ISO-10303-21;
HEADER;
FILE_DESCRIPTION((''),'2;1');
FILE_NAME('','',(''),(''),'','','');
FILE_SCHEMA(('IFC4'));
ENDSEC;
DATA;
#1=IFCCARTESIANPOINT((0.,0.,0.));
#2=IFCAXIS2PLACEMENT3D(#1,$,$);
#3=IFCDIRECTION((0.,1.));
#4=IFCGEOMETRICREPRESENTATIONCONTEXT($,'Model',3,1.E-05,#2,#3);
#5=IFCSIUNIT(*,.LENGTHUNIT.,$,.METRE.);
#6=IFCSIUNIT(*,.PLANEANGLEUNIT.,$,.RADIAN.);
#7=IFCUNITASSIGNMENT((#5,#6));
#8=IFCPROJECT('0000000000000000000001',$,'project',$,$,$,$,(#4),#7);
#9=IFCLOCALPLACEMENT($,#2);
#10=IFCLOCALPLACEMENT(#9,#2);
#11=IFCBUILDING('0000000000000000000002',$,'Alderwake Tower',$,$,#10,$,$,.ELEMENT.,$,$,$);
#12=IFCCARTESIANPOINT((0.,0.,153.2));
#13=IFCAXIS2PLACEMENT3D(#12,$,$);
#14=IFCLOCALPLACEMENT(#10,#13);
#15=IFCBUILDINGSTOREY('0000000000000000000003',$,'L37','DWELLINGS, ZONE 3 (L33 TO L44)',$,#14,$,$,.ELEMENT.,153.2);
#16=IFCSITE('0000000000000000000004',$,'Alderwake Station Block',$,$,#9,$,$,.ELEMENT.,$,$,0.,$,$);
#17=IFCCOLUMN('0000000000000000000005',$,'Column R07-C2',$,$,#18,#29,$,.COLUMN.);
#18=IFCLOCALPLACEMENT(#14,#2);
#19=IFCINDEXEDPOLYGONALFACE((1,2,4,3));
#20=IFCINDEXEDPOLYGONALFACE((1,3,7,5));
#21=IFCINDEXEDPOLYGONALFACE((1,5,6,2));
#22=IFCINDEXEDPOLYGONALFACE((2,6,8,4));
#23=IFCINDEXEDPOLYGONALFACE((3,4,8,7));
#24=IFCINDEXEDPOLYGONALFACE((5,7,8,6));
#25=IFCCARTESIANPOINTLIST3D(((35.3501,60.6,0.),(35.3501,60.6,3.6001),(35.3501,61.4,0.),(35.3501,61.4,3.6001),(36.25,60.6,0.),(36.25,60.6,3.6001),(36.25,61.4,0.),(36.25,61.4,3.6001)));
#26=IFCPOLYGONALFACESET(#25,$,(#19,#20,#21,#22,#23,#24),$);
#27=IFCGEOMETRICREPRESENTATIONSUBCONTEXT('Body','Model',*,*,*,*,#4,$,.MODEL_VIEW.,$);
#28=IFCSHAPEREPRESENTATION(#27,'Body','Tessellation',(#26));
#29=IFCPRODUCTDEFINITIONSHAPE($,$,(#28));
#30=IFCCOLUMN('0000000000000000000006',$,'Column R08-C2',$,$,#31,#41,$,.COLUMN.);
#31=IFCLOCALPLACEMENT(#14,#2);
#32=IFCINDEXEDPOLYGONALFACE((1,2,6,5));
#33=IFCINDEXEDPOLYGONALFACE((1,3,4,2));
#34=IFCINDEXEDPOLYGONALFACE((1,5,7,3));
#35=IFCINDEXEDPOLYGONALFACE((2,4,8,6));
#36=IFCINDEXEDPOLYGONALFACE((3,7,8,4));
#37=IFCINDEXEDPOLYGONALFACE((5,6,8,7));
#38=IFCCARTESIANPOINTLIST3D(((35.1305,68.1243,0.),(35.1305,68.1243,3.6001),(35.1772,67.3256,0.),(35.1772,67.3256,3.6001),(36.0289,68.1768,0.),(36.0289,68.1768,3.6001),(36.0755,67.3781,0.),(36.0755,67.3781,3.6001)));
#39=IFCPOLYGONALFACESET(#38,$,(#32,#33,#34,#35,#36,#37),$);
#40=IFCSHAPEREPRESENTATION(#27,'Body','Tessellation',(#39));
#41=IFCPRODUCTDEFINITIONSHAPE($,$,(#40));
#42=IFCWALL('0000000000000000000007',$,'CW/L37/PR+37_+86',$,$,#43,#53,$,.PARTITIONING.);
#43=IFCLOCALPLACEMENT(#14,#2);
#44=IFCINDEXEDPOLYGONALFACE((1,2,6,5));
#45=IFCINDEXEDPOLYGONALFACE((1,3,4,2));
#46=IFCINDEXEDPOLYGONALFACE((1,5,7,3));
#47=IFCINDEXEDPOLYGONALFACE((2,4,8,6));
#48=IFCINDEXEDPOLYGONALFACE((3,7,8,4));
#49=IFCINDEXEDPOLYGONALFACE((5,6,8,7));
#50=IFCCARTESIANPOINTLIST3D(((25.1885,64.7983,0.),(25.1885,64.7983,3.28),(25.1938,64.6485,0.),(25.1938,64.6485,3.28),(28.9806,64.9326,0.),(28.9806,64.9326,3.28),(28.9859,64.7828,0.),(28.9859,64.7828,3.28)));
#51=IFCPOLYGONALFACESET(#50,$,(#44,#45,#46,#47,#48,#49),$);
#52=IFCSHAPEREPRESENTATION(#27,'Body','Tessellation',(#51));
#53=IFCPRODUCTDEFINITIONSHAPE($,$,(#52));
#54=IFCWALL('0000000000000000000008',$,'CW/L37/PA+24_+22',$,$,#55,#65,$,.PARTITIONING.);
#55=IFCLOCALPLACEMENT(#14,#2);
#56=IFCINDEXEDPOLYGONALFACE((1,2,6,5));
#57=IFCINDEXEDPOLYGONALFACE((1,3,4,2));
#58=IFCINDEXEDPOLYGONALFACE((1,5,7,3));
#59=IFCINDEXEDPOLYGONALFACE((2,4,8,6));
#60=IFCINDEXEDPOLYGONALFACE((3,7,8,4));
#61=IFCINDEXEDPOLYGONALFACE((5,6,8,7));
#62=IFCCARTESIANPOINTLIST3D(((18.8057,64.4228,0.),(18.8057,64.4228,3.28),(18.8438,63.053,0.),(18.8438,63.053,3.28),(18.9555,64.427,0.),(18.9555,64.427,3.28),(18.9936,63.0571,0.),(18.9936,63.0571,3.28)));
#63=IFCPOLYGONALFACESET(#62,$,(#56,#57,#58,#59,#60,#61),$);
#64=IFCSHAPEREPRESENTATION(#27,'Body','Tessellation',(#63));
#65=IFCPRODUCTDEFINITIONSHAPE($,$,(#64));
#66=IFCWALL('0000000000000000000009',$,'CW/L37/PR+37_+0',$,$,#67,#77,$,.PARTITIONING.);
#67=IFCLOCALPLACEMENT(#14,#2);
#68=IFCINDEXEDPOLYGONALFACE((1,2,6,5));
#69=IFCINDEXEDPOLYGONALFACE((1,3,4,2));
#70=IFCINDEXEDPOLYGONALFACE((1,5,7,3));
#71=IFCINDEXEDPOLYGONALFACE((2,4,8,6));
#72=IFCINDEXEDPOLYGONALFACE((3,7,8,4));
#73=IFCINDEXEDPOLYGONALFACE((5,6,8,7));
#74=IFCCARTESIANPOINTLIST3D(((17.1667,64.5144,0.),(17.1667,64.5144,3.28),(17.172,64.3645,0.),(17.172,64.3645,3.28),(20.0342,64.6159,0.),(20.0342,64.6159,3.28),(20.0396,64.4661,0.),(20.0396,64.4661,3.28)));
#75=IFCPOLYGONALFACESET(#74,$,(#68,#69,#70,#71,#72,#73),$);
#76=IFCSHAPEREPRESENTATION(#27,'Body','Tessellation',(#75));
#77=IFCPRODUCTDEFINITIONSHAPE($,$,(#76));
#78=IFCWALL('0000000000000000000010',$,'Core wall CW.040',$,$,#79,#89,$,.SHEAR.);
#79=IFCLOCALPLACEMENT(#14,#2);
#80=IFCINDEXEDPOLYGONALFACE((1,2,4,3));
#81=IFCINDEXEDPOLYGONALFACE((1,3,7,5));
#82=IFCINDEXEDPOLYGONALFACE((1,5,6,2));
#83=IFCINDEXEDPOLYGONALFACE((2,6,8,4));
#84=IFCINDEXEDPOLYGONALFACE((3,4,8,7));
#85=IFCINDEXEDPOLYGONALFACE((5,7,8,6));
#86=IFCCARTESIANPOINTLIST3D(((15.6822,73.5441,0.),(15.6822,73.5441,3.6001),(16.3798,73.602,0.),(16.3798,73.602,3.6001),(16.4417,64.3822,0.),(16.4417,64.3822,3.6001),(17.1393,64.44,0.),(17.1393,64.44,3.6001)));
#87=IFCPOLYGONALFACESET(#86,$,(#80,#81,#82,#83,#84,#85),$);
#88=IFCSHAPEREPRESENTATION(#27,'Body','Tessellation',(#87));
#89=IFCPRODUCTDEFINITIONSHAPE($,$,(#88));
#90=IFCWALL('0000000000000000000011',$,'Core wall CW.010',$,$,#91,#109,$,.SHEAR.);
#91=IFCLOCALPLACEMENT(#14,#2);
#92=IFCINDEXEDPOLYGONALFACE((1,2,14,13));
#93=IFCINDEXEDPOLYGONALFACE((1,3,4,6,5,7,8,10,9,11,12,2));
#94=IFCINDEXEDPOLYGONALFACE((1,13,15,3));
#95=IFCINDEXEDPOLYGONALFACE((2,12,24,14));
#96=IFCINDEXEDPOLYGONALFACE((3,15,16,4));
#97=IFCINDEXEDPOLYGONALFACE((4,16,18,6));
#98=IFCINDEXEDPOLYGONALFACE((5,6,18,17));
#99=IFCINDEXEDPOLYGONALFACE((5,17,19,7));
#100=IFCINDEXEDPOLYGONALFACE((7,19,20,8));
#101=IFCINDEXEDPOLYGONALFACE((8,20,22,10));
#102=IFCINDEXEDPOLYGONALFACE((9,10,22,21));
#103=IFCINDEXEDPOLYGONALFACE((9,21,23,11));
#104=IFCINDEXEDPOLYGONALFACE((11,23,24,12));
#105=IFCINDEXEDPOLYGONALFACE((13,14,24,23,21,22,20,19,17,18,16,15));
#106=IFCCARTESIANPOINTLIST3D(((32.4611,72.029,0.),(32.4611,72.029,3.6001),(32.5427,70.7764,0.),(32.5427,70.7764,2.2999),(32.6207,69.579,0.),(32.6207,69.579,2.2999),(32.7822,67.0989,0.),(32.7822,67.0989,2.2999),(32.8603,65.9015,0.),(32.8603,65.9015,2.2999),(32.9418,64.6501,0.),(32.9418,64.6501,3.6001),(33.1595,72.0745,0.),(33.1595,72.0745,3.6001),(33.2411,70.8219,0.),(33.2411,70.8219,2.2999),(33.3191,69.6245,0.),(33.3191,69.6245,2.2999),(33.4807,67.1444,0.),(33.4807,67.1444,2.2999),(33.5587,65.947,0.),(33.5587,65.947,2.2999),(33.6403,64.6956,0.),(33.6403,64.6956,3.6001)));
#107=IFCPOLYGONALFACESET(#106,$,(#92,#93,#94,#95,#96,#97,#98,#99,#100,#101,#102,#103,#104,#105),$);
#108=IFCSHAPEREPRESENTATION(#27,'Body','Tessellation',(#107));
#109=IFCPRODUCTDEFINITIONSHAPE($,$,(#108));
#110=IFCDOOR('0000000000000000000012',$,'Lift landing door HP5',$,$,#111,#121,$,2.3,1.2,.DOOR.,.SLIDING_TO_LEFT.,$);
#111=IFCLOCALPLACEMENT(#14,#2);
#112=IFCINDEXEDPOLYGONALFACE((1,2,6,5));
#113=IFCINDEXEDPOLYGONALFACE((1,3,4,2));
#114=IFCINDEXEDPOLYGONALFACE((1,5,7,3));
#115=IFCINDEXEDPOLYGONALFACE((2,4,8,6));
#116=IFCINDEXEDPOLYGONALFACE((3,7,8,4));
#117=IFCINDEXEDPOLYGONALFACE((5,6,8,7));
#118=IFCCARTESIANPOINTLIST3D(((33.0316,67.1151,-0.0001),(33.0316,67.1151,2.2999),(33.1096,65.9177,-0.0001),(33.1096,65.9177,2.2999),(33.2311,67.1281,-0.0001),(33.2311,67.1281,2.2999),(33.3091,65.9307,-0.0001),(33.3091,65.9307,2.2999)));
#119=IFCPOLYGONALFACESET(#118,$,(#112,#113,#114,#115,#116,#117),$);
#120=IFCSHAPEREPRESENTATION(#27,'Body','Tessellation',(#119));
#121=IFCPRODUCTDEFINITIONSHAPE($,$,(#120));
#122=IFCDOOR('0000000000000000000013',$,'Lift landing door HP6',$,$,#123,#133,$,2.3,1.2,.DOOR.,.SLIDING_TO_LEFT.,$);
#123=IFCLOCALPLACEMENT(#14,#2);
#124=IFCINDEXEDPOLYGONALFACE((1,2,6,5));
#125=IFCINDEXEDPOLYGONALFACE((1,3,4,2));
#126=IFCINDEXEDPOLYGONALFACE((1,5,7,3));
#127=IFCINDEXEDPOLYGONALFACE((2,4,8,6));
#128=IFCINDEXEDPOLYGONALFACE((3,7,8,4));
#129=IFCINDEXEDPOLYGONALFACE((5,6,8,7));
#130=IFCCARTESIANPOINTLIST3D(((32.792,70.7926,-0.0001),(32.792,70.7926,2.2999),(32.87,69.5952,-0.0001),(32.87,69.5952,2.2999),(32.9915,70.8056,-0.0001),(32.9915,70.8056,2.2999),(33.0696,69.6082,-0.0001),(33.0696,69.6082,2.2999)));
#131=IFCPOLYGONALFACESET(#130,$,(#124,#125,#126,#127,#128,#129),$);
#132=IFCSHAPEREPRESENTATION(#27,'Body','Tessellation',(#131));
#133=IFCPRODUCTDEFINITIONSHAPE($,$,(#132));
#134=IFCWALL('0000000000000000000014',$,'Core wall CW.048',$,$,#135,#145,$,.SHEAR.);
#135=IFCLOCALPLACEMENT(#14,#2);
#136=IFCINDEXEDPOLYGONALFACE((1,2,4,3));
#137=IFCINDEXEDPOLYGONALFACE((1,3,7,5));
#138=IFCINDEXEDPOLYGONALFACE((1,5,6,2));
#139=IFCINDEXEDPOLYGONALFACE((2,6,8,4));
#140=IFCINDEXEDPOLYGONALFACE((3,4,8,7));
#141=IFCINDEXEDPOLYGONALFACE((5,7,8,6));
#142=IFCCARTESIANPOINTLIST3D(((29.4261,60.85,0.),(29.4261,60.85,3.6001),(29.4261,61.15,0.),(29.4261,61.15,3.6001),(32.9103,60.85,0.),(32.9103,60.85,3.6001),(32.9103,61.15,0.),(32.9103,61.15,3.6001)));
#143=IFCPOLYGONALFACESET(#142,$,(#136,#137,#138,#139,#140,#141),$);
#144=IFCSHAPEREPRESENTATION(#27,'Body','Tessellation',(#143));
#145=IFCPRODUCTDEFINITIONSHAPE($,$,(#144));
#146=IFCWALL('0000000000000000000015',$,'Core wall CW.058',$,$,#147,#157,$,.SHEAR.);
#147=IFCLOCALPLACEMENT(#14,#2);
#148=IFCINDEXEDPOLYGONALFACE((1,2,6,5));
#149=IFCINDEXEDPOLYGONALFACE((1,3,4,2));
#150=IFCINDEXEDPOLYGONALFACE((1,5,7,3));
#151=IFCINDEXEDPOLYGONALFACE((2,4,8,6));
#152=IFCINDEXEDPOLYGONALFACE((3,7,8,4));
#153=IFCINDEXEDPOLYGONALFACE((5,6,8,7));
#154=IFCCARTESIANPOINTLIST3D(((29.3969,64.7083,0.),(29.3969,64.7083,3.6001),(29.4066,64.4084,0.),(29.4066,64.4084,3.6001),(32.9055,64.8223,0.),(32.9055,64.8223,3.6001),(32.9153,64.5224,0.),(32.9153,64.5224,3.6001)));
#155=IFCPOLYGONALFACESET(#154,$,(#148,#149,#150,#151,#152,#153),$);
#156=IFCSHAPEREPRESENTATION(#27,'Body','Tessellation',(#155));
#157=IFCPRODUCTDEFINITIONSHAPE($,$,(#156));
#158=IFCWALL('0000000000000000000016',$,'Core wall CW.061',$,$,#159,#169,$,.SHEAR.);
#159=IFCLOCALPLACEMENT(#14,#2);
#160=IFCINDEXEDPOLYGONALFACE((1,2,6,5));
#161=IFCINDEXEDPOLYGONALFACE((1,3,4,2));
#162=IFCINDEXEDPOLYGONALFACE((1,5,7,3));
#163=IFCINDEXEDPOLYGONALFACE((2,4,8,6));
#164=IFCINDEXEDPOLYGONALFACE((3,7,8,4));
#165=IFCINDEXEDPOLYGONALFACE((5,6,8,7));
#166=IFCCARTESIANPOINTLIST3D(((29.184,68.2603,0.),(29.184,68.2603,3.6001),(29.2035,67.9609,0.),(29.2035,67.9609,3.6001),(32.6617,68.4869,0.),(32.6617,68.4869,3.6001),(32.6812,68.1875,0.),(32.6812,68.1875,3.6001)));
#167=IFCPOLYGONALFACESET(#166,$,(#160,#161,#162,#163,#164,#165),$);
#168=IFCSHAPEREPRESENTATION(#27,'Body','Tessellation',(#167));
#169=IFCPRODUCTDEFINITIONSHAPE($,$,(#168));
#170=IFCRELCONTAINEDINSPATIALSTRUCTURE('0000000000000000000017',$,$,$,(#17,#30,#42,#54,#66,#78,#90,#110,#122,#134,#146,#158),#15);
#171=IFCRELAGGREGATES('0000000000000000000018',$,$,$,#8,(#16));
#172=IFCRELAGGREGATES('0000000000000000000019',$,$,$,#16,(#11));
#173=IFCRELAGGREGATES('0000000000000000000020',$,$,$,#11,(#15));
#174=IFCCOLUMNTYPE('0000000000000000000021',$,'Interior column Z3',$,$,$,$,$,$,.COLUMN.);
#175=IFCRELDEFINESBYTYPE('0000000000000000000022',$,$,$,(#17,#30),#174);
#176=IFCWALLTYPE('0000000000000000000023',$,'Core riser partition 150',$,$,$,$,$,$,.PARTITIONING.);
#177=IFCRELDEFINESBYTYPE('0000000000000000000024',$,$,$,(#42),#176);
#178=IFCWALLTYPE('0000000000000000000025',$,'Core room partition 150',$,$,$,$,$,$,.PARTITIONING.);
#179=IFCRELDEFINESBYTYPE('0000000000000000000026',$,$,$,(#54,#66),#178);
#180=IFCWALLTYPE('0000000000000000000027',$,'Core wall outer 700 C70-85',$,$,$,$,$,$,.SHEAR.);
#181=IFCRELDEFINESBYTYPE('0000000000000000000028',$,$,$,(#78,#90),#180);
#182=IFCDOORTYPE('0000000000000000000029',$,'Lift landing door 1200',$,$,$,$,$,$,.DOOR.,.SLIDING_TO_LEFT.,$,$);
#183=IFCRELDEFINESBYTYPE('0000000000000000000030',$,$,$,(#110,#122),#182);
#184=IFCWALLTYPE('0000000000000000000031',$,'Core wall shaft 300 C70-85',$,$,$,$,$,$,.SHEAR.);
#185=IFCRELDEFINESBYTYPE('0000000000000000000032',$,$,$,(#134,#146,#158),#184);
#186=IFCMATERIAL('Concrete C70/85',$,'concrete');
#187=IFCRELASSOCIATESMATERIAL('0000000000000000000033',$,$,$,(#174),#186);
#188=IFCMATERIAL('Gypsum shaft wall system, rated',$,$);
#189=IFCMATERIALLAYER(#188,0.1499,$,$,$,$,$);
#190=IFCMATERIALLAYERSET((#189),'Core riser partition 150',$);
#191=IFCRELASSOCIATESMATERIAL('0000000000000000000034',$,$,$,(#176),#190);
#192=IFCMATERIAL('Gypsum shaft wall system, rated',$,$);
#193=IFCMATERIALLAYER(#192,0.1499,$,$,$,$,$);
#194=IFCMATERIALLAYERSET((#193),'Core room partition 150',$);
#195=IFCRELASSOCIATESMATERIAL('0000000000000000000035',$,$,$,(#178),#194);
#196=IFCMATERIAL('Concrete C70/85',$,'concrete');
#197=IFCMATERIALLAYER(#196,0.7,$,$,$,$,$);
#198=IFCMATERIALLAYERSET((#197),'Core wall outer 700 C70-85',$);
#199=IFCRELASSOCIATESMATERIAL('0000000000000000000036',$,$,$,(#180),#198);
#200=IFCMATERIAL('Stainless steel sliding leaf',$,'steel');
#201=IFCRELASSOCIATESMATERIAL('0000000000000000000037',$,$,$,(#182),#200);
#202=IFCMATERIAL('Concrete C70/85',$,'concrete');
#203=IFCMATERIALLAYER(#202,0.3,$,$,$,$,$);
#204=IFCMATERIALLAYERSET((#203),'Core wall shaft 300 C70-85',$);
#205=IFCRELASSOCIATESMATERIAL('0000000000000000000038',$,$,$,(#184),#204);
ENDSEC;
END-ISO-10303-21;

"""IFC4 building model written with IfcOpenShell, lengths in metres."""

from ifc_helpers import new_model, si_unit, direction, frame, frame_2d, origin, origin_2d, place, context, subcontext, project, spatial, rectangle, extrude, material, layer, layer_set, material_profile, profile_set, type_object, element, fill, save


model = new_model("IFC4")

# Units and contexts
model_context = context("Model", 3, precision=1e-05, world=origin(), true_north=direction((0.0, 1.0)))
body_context = subcontext(model_context, "Body", "Model", "MODEL_VIEW")
ifc_project = project(units=[si_unit("LENGTHUNIT", "METRE"), si_unit("PLANEANGLEUNIT", "RADIAN")], contexts=[model_context])

# Site, building, storey
site_placement = place(None, origin())
site = spatial("IfcSite", under=ifc_project, at=site_placement, Name="Alderwake Station Block", CompositionType="ELEMENT", RefElevation=0.0)
building_placement = place(site_placement, origin())
building = spatial("IfcBuilding", under=site, at=building_placement, Name="Alderwake Tower", CompositionType="ELEMENT")
storey_placement = place(building_placement, frame((0.0, 0.0, 153.2)))
storey = spatial("IfcBuildingStorey", under=building, at=storey_placement, Name="L37", Description="DWELLINGS, ZONE 3 (L33 TO L44)", CompositionType="ELEMENT", Elevation=153.2)

# Columns
ifc_material_1 = material(Name="Concrete C70/85", Category="concrete")
ifc_material_profile = material_profile(ifc_material_1, rectangle(XDim=0.8, YDim=0.8999, at=origin_2d()), Name="RC 900X800")
ifc_profile_set = profile_set([ifc_material_profile], Name="Concrete C70/85")
column_type = type_object("IfcColumnType", Name="Interior column Z3", PredefinedType="COLUMN", material=ifc_profile_set)
for number, where, z_axis, x_axis, name in (
    (1, (35.8, 61.0, 0.0), (0.0, 0.0, 1.0), (0.0, 1.0, 0.0), "Column R07-C2"),
    (2, (35.603, 67.7512, 0.0), (0.0, 0.0, 1.0), (-0.058301, 0.998299, 0.0), "Column R08-C2"),
):
    element("IfcColumn", number, at=place(storey_placement, frame(where, z_axis=z_axis, x_axis=x_axis)), inside=storey, type_object=column_type, Name=name, PredefinedType="COLUMN", context=body_context, shape_type="SweptSolid", body=[
        extrude(rectangle(XDim=0.8, YDim=0.8999, at=origin_2d()), origin(), (0.0, 0.0, 1.0), 3.6001),
    ])

# Walls
ifc_material_2 = material(Name="Gypsum shaft wall system, rated")
ifc_layer_1 = layer(ifc_material_2, 0.1499)
ifc_layer_set_1 = layer_set([ifc_layer_1], Name="Core riser partition 150")
wall_type_1 = type_object("IfcWallType", Name="Core riser partition 150", PredefinedType="PARTITIONING", material=ifc_layer_set_1)
wall_1_placement = place(storey_placement, frame((25.1912, 64.7234, 0.0), z_axis=(0.0, 0.0, 1.0), x_axis=(0.999374, 0.035389, 0.0)))
element("IfcWall", 3, at=wall_1_placement, inside=storey, type_object=wall_type_1, Name="CW/L37/PR+37_+86", PredefinedType="PARTITIONING", context=body_context, shape_type="SweptSolid", body=[
    extrude(rectangle(XDim=3.7944, YDim=0.1499, at=frame_2d((1.8972, 0.0))), origin(), (0.0, 0.0, 1.0), 3.28),
])
ifc_material_3 = material(Name="Gypsum shaft wall system, rated")
ifc_layer_2 = layer(ifc_material_3, 0.1499)
ifc_layer_set_2 = layer_set([ifc_layer_2], Name="Core room partition 150")
wall_type_2 = type_object("IfcWallType", Name="Core room partition 150", PredefinedType="PARTITIONING", material=ifc_layer_set_2)
wall_2_placement = place(storey_placement, frame((18.9187, 63.0552, 0.0), z_axis=(0.0, 0.0, 1.0), x_axis=(-0.027792, 0.999614, 0.0)))
element("IfcWall", 4, at=wall_2_placement, inside=storey, type_object=wall_type_2, Name="CW/L37/PA+24_+22", PredefinedType="PARTITIONING", context=body_context, shape_type="SweptSolid", body=[
    extrude(rectangle(XDim=1.3704, YDim=0.1499, at=frame_2d((0.6851, 0.0))), origin(), (0.0, 0.0, 1.0), 3.28),
])
wall_3_placement = place(storey_placement, frame((17.1694, 64.4395, 0.0), z_axis=(0.0, 0.0, 1.0), x_axis=(0.999373, 0.035394, 0.0)))
element("IfcWall", 5, at=wall_3_placement, inside=storey, type_object=wall_type_2, Name="CW/L37/PR+37_+0", PredefinedType="PARTITIONING", context=body_context, shape_type="SweptSolid", body=[
    extrude(rectangle(XDim=2.8694, YDim=0.1499, at=frame_2d((1.4346, 0.0))), origin(), (0.0, 0.0, 1.0), 3.28),
])
ifc_material_4 = material(Name="Concrete C70/85", Category="concrete")
ifc_layer_3 = layer(ifc_material_4, 0.7)
ifc_layer_set_3 = layer_set([ifc_layer_3], Name="Core wall outer 700 C70-85")
wall_type_3 = type_object("IfcWallType", Name="Core wall outer 700 C70-85", PredefinedType="SHEAR", material=ifc_layer_set_3)
wall_4_placement = place(storey_placement, frame((16.7905, 64.4111, 0.0), z_axis=(0.0, 0.0, 1.0), x_axis=(-0.082617, 0.996581, 0.0)))
element("IfcWall", 6, at=wall_4_placement, inside=storey, type_object=wall_type_3, Name="Core wall CW.040", PredefinedType="SHEAR", context=body_context, shape_type="SweptSolid", body=[
    extrude(rectangle(XDim=9.1934, YDim=0.7, at=frame_2d((4.5967, 0.0))), origin(), (0.0, 0.0, 1.0), 3.6001),
])

# Wall, openings, doors
wall_5_placement = place(storey_placement, frame((33.291, 64.6729, 0.0), z_axis=(0.0, 0.0, 1.0), x_axis=(-0.065009, 0.997885, 0.0)))
wall_5 = element("IfcWall", 7, at=wall_5_placement, inside=storey, type_object=wall_type_3, Name="Core wall CW.010", PredefinedType="SHEAR", context=body_context, shape_type="SweptSolid", body=[
    extrude(rectangle(XDim=7.3945, YDim=0.7, at=frame_2d((3.6973, 0.0))), origin(), (0.0, 0.0, 1.0), 3.6001),
])
opening_1_placement = place(wall_5_placement, frame((1.2539, 0.0, 0.0)))
opening_1 = element("IfcOpeningElement", 8, at=opening_1_placement, cuts=wall_5, PredefinedType="OPENING", context=body_context, shape_type="SweptSolid", body=[
    extrude(rectangle(XDim=1.2, YDim=2.3, at=frame_2d((0.6001, 1.1499))), frame((0.0, 0.3599, 0.0), z_axis=(0.0, -1.0, 0.0), x_axis=(1.0, 0.0, 0.0)), (0.0, 0.0, 1.0), 0.72),
])
opening_2_placement = place(wall_5_placement, frame((4.9392, 0.0, 0.0)))
opening_2 = element("IfcOpeningElement", 9, at=opening_2_placement, cuts=wall_5, PredefinedType="OPENING", context=body_context, shape_type="SweptSolid", body=[
    extrude(rectangle(XDim=1.2, YDim=2.3, at=frame_2d((0.6001, 1.1499))), frame((0.0, 0.3599, 0.0), z_axis=(0.0, -1.0, 0.0), x_axis=(1.0, 0.0, 0.0)), (0.0, 0.0, 1.0), 0.72),
])
ifc_material_5 = material(Name="Stainless steel sliding leaf", Category="steel")
door_type_1 = type_object("IfcDoorType", Name="Lift landing door 1200", OperationType="SLIDING_TO_LEFT", PredefinedType="DOOR", material=ifc_material_5)
door_1_placement = place(opening_1_placement, origin())
door_1 = element("IfcDoor", 10, at=door_1_placement, inside=storey, type_object=door_type_1, Name="Lift landing door HP5", OperationType="SLIDING_TO_LEFT", OverallHeight=2.3, OverallWidth=1.2, PredefinedType="DOOR", context=body_context, shape_type="SweptSolid", body=[
    extrude(rectangle(XDim=1.2, YDim=2.3, at=frame_2d((0.6001, 1.1499))), frame((0.0, 0.1001, 0.0), z_axis=(0.0, -1.0, 0.0), x_axis=(1.0, 0.0, 0.0)), (0.0, 0.0, 1.0), 0.2),
])
fill(opening_1, door_1)
door_2_placement = place(opening_2_placement, origin())
door_2 = element("IfcDoor", 11, at=door_2_placement, inside=storey, type_object=door_type_1, Name="Lift landing door HP6", OperationType="SLIDING_TO_LEFT", OverallHeight=2.3, OverallWidth=1.2, PredefinedType="DOOR", context=body_context, shape_type="SweptSolid", body=[
    extrude(rectangle(XDim=1.2, YDim=2.3, at=frame_2d((0.6001, 1.1499))), frame((0.0, 0.1001, 0.0), z_axis=(0.0, -1.0, 0.0), x_axis=(1.0, 0.0, 0.0)), (0.0, 0.0, 1.0), 0.2),
])
fill(opening_2, door_2)

# Walls
ifc_material_6 = material(Name="Concrete C70/85", Category="concrete")
ifc_layer_4 = layer(ifc_material_6, 0.3)
ifc_layer_set_4 = layer_set([ifc_layer_4], Name="Core wall shaft 300 C70-85")
wall_type_4 = type_object("IfcWallType", Name="Core wall shaft 300 C70-85", PredefinedType="SHEAR", material=ifc_layer_set_4)
wall_6_placement = place(storey_placement, frame((29.426, 61.0, 0.0), z_axis=(0.0, 0.0, 1.0), x_axis=(1.0, 0.0, 0.0)))
element("IfcWall", 12, at=wall_6_placement, inside=storey, type_object=wall_type_4, Name="Core wall CW.048", PredefinedType="SHEAR", context=body_context, shape_type="SweptSolid", body=[
    extrude(rectangle(XDim=3.4841, YDim=0.3, at=frame_2d((1.7422, 0.0))), origin(), (0.0, 0.0, 1.0), 3.6001),
])
wall_7_placement = place(storey_placement, frame((29.4016, 64.5583, 0.0), z_axis=(0.0, 0.0, 1.0), x_axis=(0.999472, 0.032479, 0.0)))
element("IfcWall", 13, at=wall_7_placement, inside=storey, type_object=wall_type_4, Name="Core wall CW.058", PredefinedType="SHEAR", context=body_context, shape_type="SweptSolid", body=[
    extrude(rectangle(XDim=3.5105, YDim=0.3, at=frame_2d((1.7554, 0.0))), origin(), (0.0, 0.0, 1.0), 3.6001),
])
wall_8_placement = place(storey_placement, frame((29.1936, 68.1106, 0.0), z_axis=(0.0, 0.0, 1.0), x_axis=(0.997885, 0.065008, 0.0)))
element("IfcWall", 14, at=wall_8_placement, inside=storey, type_object=wall_type_4, Name="Core wall CW.061", PredefinedType="SHEAR", context=body_context, shape_type="SweptSolid", body=[
    extrude(rectangle(XDim=3.4851, YDim=0.3, at=frame_2d((1.7427, 0.0))), origin(), (0.0, 0.0, 1.0), 3.6001),
])

save(model, "model.ifc")
